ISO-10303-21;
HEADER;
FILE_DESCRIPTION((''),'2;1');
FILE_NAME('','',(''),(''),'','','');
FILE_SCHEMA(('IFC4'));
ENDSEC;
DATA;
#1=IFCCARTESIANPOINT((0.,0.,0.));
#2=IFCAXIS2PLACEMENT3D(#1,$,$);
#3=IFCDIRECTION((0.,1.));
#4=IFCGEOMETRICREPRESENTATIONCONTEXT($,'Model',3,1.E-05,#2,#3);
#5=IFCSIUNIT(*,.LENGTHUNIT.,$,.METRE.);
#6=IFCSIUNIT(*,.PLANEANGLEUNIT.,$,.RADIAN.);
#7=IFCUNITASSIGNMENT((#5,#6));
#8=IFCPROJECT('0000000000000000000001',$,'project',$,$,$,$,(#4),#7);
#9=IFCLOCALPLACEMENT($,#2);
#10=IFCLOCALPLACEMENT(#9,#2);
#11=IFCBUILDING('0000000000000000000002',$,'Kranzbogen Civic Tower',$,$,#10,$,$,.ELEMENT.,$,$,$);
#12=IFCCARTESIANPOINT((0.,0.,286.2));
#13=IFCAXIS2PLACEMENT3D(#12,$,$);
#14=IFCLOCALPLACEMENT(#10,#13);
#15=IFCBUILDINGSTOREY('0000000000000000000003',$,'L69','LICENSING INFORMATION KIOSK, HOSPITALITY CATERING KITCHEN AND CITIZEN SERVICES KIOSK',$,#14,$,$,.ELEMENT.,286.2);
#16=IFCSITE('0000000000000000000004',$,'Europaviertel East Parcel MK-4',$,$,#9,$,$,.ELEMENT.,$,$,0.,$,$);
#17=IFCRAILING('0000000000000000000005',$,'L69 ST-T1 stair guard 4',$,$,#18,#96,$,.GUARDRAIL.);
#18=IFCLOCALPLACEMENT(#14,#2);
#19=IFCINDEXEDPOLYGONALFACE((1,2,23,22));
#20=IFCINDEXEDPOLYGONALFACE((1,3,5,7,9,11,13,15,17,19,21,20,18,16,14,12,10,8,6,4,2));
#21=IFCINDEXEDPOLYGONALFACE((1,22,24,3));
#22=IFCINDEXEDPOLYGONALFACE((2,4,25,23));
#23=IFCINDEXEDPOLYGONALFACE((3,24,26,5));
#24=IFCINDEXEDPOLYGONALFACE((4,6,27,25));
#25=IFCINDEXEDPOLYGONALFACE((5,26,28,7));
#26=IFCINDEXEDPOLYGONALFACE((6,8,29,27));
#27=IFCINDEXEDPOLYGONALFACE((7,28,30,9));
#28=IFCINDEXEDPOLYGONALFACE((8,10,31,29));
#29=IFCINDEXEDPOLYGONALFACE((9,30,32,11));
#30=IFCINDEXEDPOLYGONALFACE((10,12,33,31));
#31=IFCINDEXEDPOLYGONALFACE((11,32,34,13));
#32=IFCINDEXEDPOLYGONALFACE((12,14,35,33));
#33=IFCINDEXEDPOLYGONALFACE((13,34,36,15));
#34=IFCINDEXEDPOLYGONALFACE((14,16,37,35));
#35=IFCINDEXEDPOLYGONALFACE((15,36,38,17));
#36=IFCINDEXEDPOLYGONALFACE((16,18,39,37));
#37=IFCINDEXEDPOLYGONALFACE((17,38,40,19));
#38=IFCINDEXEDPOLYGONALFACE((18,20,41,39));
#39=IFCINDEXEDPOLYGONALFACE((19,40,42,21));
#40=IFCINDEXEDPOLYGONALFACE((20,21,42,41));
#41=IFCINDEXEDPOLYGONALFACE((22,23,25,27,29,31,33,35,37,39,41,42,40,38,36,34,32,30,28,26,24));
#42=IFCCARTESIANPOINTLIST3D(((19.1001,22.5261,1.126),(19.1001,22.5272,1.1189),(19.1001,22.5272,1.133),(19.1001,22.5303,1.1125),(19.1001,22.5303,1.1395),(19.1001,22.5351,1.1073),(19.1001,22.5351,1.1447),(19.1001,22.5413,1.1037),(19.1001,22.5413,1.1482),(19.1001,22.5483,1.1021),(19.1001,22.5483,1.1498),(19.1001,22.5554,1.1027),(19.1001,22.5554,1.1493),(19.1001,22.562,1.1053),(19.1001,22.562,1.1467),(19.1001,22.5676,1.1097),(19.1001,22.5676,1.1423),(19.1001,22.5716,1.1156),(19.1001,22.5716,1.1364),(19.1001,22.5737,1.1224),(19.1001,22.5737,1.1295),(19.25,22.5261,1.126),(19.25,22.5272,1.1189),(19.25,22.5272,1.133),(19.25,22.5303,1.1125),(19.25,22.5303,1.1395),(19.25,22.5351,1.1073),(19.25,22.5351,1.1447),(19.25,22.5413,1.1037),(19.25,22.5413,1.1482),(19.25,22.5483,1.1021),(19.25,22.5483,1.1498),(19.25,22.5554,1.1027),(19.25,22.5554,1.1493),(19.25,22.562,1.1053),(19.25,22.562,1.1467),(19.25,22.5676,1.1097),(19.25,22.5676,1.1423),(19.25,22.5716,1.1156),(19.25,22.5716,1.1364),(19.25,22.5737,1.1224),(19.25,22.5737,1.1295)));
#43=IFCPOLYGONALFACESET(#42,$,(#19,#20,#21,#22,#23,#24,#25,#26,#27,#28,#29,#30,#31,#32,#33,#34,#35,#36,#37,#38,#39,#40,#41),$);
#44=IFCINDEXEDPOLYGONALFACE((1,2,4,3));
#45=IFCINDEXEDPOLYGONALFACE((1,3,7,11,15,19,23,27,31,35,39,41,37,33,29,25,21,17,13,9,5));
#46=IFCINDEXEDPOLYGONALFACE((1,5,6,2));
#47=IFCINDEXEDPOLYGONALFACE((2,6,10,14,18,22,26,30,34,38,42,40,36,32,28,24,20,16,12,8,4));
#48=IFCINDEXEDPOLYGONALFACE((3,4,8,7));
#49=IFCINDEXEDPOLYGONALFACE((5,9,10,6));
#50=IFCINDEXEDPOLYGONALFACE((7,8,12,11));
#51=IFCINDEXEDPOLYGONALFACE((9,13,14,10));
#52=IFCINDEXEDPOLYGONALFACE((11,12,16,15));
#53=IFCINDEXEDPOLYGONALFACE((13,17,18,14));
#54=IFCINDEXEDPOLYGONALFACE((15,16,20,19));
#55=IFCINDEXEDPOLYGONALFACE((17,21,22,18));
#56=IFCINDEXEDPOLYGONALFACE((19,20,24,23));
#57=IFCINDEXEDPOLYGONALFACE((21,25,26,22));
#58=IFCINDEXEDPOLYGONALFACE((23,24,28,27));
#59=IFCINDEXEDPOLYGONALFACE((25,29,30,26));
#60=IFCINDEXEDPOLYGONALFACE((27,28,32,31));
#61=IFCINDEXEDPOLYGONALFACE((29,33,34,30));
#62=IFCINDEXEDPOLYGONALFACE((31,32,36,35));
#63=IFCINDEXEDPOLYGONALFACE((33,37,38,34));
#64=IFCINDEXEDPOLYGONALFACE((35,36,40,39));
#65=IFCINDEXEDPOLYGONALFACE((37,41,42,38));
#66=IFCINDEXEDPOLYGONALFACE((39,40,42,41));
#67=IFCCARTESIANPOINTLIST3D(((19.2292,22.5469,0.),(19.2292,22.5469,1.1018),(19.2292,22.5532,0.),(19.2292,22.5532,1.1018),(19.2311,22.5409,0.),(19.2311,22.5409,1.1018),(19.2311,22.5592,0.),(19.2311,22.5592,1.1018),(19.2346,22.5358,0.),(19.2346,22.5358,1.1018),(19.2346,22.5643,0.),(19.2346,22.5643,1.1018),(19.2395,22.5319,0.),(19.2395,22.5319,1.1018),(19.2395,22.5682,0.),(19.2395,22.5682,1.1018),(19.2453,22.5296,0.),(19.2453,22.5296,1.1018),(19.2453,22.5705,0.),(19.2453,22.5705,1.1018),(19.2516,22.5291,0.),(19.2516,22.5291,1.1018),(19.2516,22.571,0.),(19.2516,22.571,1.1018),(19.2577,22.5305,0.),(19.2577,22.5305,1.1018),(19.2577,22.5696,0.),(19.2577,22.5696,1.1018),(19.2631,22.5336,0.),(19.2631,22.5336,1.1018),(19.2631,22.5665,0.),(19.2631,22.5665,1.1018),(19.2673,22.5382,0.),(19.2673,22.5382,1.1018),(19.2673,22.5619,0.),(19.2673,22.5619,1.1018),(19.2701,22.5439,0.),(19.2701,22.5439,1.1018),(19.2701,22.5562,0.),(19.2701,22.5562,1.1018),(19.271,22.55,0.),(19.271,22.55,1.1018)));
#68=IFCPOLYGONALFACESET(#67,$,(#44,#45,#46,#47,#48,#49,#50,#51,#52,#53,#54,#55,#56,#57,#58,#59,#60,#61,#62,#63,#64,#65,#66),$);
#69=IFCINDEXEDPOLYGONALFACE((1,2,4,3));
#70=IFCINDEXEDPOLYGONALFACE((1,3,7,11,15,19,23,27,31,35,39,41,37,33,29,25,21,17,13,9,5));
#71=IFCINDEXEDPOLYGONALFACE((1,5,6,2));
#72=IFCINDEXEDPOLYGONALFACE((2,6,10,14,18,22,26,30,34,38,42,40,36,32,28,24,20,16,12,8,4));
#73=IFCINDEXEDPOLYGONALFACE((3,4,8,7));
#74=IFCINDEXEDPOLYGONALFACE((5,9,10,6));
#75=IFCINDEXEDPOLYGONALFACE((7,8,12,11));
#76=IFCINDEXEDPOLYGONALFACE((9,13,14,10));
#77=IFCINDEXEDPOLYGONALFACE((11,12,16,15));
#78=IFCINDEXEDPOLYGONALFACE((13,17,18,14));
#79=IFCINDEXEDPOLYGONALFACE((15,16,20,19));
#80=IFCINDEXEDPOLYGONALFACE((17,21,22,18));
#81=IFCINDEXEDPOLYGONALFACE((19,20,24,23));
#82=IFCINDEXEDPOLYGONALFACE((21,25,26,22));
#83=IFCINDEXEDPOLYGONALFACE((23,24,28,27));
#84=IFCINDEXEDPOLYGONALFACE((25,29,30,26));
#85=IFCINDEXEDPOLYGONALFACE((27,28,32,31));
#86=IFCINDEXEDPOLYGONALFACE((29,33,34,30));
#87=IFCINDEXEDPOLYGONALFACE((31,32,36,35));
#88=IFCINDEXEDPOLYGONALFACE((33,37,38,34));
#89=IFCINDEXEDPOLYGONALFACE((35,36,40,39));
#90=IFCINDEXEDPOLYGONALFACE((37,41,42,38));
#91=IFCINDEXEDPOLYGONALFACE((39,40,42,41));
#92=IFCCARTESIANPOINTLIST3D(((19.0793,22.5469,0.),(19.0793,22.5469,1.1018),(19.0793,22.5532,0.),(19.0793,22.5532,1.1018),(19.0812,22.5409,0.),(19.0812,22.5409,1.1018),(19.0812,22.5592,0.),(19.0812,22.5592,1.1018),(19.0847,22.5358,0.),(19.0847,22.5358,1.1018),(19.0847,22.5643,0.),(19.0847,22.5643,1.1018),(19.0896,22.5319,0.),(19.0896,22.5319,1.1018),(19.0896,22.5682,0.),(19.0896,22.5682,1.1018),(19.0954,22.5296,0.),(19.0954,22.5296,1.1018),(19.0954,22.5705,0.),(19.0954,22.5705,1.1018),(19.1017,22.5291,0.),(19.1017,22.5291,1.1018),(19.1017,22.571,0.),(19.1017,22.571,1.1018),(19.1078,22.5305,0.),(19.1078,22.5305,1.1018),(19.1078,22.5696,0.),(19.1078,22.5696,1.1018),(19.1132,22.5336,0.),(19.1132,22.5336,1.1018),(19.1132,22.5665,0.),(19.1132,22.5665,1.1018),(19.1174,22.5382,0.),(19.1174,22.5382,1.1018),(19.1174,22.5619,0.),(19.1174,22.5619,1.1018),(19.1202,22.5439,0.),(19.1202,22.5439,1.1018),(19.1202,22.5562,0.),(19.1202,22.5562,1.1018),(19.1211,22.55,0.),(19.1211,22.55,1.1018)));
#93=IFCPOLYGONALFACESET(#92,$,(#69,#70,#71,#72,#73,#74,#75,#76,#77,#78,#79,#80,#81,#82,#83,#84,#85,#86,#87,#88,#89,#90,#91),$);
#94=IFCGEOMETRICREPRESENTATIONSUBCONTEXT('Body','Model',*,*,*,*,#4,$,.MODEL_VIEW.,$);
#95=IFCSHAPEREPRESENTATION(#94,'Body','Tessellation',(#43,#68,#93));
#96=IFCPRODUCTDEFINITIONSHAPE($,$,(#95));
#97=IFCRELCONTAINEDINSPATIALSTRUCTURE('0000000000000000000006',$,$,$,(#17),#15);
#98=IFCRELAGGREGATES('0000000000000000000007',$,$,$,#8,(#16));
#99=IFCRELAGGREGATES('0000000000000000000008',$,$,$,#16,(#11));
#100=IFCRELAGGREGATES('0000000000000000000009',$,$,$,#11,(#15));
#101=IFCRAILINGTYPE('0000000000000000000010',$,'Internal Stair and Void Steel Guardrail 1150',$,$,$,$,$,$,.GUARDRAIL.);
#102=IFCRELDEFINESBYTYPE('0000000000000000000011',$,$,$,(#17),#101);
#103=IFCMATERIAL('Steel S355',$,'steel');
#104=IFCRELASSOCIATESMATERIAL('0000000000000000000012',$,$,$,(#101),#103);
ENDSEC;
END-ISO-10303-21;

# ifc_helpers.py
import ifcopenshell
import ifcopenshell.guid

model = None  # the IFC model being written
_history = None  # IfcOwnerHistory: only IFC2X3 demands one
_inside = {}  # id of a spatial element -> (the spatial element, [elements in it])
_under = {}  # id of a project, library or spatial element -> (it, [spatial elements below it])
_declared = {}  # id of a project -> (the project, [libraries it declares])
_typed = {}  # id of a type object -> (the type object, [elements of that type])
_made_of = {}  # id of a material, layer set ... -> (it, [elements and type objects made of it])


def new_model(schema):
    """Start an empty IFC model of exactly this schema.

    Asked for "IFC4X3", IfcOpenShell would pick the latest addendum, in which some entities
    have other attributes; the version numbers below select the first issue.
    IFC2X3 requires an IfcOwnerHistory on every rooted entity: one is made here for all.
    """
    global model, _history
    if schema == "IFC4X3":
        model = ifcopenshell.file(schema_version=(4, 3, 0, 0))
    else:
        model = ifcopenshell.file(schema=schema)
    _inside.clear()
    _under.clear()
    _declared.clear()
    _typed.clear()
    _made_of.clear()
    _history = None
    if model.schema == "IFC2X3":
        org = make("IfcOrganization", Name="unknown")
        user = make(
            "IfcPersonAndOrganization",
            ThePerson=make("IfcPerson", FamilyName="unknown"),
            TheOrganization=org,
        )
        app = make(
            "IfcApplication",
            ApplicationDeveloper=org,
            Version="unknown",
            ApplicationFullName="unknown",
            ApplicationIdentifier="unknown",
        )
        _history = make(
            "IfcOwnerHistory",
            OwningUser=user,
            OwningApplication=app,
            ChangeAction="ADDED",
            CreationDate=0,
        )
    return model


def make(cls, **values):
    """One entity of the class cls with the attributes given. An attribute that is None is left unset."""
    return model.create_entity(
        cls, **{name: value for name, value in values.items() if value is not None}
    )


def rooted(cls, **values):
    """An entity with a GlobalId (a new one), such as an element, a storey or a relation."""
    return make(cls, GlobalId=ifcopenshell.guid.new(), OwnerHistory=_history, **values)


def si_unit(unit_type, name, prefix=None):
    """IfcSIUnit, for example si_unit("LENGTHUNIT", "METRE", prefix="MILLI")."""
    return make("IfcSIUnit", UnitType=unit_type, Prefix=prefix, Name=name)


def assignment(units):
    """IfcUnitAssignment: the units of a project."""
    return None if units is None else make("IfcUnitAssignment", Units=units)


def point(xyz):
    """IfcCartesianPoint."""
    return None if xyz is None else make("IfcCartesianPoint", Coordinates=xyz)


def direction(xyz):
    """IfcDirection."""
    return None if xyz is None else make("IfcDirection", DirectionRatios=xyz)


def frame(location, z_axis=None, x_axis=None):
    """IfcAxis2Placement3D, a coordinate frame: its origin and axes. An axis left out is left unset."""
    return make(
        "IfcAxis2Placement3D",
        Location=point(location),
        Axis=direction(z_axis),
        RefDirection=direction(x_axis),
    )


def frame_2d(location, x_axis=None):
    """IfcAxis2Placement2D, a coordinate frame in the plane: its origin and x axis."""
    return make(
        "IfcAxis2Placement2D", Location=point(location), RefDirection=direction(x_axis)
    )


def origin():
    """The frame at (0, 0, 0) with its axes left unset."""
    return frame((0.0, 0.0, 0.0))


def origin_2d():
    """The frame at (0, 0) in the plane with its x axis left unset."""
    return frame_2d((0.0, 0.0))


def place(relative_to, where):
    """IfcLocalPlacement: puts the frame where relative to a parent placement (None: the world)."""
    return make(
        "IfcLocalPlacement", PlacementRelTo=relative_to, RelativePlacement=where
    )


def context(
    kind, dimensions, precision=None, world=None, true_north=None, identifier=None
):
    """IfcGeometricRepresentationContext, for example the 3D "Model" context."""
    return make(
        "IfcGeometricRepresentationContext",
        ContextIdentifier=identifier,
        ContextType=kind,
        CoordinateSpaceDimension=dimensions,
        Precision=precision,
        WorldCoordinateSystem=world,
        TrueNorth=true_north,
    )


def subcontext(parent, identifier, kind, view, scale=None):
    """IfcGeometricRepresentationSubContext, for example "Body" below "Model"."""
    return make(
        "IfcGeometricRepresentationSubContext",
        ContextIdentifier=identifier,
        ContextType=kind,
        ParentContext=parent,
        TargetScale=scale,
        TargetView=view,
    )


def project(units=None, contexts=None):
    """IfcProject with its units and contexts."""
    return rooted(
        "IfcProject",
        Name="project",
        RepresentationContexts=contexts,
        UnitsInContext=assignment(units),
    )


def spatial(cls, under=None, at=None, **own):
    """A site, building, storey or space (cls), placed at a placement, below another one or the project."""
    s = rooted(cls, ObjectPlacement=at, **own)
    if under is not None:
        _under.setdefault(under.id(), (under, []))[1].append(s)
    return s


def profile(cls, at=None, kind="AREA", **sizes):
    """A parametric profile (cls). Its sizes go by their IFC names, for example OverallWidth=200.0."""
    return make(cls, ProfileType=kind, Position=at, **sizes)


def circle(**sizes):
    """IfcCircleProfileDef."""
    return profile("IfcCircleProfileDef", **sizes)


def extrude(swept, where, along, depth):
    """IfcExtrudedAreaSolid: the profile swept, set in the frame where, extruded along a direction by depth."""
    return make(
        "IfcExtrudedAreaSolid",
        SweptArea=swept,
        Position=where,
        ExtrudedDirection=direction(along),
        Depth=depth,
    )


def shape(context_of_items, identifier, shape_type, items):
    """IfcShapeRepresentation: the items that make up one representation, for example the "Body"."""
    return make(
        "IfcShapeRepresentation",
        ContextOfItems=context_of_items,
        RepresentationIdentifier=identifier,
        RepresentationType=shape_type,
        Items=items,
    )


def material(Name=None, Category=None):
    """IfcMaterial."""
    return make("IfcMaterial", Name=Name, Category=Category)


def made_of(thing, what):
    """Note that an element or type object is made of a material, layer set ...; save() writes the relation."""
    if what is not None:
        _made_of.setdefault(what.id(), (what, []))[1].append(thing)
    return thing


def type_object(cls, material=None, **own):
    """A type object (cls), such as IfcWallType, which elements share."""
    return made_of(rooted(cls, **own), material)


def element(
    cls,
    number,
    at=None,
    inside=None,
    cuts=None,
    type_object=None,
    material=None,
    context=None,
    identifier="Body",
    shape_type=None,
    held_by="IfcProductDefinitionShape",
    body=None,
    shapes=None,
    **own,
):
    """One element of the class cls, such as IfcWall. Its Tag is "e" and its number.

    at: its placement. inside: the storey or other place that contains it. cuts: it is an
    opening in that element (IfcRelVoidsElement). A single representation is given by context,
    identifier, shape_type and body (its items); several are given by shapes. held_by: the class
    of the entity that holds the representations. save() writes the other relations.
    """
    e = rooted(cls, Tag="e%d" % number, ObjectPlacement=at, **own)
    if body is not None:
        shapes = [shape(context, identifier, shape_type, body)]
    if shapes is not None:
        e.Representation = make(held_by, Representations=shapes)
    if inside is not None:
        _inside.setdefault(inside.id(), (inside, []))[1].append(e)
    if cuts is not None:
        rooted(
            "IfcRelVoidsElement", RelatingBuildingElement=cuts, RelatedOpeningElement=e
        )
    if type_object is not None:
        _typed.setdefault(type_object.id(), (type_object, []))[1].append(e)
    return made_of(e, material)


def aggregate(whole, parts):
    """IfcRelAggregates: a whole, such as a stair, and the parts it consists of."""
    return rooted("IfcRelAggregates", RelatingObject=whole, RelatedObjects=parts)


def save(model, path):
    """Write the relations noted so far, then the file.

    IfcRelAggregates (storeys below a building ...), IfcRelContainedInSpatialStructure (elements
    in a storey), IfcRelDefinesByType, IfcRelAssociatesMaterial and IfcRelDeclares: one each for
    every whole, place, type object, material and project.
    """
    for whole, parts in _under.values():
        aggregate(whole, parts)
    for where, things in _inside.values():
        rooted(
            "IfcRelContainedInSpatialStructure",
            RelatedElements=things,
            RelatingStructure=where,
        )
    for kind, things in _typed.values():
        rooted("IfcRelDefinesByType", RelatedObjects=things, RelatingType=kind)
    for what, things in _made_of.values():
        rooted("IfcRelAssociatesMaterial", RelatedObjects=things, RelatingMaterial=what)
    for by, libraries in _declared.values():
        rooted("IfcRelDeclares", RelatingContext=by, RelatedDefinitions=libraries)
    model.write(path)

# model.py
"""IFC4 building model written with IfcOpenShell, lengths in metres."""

from ifc_helpers import new_model, si_unit, direction, frame, origin, origin_2d, place, context, subcontext, project, spatial, circle, extrude, material, type_object, element, save


model = new_model("IFC4")

# Units and contexts
model_context = context("Model", 3, precision=1e-05, world=origin(), true_north=direction((0.0, 1.0)))
body_context = subcontext(model_context, "Body", "Model", "MODEL_VIEW")
ifc_project = project(units=[si_unit("LENGTHUNIT", "METRE"), si_unit("PLANEANGLEUNIT", "RADIAN")], contexts=[model_context])

# Site, building, storey
site_placement = place(None, origin())
site = spatial("IfcSite", under=ifc_project, at=site_placement, Name="Europaviertel East Parcel MK-4", CompositionType="ELEMENT", RefElevation=0.0)
building_placement = place(site_placement, origin())
building = spatial("IfcBuilding", under=site, at=building_placement, Name="Kranzbogen Civic Tower", CompositionType="ELEMENT")
storey_placement = place(building_placement, frame((0.0, 0.0, 286.2)))
storey = spatial("IfcBuildingStorey", under=building, at=storey_placement, Name="L69", Description="LICENSING INFORMATION KIOSK, HOSPITALITY CATERING KITCHEN AND CITIZEN SERVICES KIOSK", CompositionType="ELEMENT", Elevation=286.2)

# Shared definitions
ifc_material_1 = material(Name="Steel S355", Category="steel")

# Railing
railing_type_1 = type_object("IfcRailingType", Name="Internal Stair and Void Steel Guardrail 1150", PredefinedType="GUARDRAIL", material=ifc_material_1)
railing_1_placement = place(storey_placement, frame((19.25, 22.55, 0.0)))
element("IfcRailing", 1, at=railing_1_placement, inside=storey, type_object=railing_type_1, Name="L69 ST-T1 stair guard 4", PredefinedType="GUARDRAIL", context=body_context, shape_type="SweptSolid", body=[
    extrude(circle(Radius=0.0239, at=origin_2d()), frame((0.0, 0.0, 1.126), z_axis=(-1.0, 0.0, 0.0), x_axis=(0.0, -1.0, 0.0)), (0.0, 0.0, 1.0), 0.1499),
    extrude(circle(Radius=0.021, at=origin_2d()), origin(), (0.0, 0.0, 1.0), 1.1018),
    extrude(circle(Radius=0.021, at=origin_2d()), frame((-0.1499, 0.0, 0.0)), (0.0, 0.0, 1.0), 1.1018),
])

save(model, "model.ifc")
